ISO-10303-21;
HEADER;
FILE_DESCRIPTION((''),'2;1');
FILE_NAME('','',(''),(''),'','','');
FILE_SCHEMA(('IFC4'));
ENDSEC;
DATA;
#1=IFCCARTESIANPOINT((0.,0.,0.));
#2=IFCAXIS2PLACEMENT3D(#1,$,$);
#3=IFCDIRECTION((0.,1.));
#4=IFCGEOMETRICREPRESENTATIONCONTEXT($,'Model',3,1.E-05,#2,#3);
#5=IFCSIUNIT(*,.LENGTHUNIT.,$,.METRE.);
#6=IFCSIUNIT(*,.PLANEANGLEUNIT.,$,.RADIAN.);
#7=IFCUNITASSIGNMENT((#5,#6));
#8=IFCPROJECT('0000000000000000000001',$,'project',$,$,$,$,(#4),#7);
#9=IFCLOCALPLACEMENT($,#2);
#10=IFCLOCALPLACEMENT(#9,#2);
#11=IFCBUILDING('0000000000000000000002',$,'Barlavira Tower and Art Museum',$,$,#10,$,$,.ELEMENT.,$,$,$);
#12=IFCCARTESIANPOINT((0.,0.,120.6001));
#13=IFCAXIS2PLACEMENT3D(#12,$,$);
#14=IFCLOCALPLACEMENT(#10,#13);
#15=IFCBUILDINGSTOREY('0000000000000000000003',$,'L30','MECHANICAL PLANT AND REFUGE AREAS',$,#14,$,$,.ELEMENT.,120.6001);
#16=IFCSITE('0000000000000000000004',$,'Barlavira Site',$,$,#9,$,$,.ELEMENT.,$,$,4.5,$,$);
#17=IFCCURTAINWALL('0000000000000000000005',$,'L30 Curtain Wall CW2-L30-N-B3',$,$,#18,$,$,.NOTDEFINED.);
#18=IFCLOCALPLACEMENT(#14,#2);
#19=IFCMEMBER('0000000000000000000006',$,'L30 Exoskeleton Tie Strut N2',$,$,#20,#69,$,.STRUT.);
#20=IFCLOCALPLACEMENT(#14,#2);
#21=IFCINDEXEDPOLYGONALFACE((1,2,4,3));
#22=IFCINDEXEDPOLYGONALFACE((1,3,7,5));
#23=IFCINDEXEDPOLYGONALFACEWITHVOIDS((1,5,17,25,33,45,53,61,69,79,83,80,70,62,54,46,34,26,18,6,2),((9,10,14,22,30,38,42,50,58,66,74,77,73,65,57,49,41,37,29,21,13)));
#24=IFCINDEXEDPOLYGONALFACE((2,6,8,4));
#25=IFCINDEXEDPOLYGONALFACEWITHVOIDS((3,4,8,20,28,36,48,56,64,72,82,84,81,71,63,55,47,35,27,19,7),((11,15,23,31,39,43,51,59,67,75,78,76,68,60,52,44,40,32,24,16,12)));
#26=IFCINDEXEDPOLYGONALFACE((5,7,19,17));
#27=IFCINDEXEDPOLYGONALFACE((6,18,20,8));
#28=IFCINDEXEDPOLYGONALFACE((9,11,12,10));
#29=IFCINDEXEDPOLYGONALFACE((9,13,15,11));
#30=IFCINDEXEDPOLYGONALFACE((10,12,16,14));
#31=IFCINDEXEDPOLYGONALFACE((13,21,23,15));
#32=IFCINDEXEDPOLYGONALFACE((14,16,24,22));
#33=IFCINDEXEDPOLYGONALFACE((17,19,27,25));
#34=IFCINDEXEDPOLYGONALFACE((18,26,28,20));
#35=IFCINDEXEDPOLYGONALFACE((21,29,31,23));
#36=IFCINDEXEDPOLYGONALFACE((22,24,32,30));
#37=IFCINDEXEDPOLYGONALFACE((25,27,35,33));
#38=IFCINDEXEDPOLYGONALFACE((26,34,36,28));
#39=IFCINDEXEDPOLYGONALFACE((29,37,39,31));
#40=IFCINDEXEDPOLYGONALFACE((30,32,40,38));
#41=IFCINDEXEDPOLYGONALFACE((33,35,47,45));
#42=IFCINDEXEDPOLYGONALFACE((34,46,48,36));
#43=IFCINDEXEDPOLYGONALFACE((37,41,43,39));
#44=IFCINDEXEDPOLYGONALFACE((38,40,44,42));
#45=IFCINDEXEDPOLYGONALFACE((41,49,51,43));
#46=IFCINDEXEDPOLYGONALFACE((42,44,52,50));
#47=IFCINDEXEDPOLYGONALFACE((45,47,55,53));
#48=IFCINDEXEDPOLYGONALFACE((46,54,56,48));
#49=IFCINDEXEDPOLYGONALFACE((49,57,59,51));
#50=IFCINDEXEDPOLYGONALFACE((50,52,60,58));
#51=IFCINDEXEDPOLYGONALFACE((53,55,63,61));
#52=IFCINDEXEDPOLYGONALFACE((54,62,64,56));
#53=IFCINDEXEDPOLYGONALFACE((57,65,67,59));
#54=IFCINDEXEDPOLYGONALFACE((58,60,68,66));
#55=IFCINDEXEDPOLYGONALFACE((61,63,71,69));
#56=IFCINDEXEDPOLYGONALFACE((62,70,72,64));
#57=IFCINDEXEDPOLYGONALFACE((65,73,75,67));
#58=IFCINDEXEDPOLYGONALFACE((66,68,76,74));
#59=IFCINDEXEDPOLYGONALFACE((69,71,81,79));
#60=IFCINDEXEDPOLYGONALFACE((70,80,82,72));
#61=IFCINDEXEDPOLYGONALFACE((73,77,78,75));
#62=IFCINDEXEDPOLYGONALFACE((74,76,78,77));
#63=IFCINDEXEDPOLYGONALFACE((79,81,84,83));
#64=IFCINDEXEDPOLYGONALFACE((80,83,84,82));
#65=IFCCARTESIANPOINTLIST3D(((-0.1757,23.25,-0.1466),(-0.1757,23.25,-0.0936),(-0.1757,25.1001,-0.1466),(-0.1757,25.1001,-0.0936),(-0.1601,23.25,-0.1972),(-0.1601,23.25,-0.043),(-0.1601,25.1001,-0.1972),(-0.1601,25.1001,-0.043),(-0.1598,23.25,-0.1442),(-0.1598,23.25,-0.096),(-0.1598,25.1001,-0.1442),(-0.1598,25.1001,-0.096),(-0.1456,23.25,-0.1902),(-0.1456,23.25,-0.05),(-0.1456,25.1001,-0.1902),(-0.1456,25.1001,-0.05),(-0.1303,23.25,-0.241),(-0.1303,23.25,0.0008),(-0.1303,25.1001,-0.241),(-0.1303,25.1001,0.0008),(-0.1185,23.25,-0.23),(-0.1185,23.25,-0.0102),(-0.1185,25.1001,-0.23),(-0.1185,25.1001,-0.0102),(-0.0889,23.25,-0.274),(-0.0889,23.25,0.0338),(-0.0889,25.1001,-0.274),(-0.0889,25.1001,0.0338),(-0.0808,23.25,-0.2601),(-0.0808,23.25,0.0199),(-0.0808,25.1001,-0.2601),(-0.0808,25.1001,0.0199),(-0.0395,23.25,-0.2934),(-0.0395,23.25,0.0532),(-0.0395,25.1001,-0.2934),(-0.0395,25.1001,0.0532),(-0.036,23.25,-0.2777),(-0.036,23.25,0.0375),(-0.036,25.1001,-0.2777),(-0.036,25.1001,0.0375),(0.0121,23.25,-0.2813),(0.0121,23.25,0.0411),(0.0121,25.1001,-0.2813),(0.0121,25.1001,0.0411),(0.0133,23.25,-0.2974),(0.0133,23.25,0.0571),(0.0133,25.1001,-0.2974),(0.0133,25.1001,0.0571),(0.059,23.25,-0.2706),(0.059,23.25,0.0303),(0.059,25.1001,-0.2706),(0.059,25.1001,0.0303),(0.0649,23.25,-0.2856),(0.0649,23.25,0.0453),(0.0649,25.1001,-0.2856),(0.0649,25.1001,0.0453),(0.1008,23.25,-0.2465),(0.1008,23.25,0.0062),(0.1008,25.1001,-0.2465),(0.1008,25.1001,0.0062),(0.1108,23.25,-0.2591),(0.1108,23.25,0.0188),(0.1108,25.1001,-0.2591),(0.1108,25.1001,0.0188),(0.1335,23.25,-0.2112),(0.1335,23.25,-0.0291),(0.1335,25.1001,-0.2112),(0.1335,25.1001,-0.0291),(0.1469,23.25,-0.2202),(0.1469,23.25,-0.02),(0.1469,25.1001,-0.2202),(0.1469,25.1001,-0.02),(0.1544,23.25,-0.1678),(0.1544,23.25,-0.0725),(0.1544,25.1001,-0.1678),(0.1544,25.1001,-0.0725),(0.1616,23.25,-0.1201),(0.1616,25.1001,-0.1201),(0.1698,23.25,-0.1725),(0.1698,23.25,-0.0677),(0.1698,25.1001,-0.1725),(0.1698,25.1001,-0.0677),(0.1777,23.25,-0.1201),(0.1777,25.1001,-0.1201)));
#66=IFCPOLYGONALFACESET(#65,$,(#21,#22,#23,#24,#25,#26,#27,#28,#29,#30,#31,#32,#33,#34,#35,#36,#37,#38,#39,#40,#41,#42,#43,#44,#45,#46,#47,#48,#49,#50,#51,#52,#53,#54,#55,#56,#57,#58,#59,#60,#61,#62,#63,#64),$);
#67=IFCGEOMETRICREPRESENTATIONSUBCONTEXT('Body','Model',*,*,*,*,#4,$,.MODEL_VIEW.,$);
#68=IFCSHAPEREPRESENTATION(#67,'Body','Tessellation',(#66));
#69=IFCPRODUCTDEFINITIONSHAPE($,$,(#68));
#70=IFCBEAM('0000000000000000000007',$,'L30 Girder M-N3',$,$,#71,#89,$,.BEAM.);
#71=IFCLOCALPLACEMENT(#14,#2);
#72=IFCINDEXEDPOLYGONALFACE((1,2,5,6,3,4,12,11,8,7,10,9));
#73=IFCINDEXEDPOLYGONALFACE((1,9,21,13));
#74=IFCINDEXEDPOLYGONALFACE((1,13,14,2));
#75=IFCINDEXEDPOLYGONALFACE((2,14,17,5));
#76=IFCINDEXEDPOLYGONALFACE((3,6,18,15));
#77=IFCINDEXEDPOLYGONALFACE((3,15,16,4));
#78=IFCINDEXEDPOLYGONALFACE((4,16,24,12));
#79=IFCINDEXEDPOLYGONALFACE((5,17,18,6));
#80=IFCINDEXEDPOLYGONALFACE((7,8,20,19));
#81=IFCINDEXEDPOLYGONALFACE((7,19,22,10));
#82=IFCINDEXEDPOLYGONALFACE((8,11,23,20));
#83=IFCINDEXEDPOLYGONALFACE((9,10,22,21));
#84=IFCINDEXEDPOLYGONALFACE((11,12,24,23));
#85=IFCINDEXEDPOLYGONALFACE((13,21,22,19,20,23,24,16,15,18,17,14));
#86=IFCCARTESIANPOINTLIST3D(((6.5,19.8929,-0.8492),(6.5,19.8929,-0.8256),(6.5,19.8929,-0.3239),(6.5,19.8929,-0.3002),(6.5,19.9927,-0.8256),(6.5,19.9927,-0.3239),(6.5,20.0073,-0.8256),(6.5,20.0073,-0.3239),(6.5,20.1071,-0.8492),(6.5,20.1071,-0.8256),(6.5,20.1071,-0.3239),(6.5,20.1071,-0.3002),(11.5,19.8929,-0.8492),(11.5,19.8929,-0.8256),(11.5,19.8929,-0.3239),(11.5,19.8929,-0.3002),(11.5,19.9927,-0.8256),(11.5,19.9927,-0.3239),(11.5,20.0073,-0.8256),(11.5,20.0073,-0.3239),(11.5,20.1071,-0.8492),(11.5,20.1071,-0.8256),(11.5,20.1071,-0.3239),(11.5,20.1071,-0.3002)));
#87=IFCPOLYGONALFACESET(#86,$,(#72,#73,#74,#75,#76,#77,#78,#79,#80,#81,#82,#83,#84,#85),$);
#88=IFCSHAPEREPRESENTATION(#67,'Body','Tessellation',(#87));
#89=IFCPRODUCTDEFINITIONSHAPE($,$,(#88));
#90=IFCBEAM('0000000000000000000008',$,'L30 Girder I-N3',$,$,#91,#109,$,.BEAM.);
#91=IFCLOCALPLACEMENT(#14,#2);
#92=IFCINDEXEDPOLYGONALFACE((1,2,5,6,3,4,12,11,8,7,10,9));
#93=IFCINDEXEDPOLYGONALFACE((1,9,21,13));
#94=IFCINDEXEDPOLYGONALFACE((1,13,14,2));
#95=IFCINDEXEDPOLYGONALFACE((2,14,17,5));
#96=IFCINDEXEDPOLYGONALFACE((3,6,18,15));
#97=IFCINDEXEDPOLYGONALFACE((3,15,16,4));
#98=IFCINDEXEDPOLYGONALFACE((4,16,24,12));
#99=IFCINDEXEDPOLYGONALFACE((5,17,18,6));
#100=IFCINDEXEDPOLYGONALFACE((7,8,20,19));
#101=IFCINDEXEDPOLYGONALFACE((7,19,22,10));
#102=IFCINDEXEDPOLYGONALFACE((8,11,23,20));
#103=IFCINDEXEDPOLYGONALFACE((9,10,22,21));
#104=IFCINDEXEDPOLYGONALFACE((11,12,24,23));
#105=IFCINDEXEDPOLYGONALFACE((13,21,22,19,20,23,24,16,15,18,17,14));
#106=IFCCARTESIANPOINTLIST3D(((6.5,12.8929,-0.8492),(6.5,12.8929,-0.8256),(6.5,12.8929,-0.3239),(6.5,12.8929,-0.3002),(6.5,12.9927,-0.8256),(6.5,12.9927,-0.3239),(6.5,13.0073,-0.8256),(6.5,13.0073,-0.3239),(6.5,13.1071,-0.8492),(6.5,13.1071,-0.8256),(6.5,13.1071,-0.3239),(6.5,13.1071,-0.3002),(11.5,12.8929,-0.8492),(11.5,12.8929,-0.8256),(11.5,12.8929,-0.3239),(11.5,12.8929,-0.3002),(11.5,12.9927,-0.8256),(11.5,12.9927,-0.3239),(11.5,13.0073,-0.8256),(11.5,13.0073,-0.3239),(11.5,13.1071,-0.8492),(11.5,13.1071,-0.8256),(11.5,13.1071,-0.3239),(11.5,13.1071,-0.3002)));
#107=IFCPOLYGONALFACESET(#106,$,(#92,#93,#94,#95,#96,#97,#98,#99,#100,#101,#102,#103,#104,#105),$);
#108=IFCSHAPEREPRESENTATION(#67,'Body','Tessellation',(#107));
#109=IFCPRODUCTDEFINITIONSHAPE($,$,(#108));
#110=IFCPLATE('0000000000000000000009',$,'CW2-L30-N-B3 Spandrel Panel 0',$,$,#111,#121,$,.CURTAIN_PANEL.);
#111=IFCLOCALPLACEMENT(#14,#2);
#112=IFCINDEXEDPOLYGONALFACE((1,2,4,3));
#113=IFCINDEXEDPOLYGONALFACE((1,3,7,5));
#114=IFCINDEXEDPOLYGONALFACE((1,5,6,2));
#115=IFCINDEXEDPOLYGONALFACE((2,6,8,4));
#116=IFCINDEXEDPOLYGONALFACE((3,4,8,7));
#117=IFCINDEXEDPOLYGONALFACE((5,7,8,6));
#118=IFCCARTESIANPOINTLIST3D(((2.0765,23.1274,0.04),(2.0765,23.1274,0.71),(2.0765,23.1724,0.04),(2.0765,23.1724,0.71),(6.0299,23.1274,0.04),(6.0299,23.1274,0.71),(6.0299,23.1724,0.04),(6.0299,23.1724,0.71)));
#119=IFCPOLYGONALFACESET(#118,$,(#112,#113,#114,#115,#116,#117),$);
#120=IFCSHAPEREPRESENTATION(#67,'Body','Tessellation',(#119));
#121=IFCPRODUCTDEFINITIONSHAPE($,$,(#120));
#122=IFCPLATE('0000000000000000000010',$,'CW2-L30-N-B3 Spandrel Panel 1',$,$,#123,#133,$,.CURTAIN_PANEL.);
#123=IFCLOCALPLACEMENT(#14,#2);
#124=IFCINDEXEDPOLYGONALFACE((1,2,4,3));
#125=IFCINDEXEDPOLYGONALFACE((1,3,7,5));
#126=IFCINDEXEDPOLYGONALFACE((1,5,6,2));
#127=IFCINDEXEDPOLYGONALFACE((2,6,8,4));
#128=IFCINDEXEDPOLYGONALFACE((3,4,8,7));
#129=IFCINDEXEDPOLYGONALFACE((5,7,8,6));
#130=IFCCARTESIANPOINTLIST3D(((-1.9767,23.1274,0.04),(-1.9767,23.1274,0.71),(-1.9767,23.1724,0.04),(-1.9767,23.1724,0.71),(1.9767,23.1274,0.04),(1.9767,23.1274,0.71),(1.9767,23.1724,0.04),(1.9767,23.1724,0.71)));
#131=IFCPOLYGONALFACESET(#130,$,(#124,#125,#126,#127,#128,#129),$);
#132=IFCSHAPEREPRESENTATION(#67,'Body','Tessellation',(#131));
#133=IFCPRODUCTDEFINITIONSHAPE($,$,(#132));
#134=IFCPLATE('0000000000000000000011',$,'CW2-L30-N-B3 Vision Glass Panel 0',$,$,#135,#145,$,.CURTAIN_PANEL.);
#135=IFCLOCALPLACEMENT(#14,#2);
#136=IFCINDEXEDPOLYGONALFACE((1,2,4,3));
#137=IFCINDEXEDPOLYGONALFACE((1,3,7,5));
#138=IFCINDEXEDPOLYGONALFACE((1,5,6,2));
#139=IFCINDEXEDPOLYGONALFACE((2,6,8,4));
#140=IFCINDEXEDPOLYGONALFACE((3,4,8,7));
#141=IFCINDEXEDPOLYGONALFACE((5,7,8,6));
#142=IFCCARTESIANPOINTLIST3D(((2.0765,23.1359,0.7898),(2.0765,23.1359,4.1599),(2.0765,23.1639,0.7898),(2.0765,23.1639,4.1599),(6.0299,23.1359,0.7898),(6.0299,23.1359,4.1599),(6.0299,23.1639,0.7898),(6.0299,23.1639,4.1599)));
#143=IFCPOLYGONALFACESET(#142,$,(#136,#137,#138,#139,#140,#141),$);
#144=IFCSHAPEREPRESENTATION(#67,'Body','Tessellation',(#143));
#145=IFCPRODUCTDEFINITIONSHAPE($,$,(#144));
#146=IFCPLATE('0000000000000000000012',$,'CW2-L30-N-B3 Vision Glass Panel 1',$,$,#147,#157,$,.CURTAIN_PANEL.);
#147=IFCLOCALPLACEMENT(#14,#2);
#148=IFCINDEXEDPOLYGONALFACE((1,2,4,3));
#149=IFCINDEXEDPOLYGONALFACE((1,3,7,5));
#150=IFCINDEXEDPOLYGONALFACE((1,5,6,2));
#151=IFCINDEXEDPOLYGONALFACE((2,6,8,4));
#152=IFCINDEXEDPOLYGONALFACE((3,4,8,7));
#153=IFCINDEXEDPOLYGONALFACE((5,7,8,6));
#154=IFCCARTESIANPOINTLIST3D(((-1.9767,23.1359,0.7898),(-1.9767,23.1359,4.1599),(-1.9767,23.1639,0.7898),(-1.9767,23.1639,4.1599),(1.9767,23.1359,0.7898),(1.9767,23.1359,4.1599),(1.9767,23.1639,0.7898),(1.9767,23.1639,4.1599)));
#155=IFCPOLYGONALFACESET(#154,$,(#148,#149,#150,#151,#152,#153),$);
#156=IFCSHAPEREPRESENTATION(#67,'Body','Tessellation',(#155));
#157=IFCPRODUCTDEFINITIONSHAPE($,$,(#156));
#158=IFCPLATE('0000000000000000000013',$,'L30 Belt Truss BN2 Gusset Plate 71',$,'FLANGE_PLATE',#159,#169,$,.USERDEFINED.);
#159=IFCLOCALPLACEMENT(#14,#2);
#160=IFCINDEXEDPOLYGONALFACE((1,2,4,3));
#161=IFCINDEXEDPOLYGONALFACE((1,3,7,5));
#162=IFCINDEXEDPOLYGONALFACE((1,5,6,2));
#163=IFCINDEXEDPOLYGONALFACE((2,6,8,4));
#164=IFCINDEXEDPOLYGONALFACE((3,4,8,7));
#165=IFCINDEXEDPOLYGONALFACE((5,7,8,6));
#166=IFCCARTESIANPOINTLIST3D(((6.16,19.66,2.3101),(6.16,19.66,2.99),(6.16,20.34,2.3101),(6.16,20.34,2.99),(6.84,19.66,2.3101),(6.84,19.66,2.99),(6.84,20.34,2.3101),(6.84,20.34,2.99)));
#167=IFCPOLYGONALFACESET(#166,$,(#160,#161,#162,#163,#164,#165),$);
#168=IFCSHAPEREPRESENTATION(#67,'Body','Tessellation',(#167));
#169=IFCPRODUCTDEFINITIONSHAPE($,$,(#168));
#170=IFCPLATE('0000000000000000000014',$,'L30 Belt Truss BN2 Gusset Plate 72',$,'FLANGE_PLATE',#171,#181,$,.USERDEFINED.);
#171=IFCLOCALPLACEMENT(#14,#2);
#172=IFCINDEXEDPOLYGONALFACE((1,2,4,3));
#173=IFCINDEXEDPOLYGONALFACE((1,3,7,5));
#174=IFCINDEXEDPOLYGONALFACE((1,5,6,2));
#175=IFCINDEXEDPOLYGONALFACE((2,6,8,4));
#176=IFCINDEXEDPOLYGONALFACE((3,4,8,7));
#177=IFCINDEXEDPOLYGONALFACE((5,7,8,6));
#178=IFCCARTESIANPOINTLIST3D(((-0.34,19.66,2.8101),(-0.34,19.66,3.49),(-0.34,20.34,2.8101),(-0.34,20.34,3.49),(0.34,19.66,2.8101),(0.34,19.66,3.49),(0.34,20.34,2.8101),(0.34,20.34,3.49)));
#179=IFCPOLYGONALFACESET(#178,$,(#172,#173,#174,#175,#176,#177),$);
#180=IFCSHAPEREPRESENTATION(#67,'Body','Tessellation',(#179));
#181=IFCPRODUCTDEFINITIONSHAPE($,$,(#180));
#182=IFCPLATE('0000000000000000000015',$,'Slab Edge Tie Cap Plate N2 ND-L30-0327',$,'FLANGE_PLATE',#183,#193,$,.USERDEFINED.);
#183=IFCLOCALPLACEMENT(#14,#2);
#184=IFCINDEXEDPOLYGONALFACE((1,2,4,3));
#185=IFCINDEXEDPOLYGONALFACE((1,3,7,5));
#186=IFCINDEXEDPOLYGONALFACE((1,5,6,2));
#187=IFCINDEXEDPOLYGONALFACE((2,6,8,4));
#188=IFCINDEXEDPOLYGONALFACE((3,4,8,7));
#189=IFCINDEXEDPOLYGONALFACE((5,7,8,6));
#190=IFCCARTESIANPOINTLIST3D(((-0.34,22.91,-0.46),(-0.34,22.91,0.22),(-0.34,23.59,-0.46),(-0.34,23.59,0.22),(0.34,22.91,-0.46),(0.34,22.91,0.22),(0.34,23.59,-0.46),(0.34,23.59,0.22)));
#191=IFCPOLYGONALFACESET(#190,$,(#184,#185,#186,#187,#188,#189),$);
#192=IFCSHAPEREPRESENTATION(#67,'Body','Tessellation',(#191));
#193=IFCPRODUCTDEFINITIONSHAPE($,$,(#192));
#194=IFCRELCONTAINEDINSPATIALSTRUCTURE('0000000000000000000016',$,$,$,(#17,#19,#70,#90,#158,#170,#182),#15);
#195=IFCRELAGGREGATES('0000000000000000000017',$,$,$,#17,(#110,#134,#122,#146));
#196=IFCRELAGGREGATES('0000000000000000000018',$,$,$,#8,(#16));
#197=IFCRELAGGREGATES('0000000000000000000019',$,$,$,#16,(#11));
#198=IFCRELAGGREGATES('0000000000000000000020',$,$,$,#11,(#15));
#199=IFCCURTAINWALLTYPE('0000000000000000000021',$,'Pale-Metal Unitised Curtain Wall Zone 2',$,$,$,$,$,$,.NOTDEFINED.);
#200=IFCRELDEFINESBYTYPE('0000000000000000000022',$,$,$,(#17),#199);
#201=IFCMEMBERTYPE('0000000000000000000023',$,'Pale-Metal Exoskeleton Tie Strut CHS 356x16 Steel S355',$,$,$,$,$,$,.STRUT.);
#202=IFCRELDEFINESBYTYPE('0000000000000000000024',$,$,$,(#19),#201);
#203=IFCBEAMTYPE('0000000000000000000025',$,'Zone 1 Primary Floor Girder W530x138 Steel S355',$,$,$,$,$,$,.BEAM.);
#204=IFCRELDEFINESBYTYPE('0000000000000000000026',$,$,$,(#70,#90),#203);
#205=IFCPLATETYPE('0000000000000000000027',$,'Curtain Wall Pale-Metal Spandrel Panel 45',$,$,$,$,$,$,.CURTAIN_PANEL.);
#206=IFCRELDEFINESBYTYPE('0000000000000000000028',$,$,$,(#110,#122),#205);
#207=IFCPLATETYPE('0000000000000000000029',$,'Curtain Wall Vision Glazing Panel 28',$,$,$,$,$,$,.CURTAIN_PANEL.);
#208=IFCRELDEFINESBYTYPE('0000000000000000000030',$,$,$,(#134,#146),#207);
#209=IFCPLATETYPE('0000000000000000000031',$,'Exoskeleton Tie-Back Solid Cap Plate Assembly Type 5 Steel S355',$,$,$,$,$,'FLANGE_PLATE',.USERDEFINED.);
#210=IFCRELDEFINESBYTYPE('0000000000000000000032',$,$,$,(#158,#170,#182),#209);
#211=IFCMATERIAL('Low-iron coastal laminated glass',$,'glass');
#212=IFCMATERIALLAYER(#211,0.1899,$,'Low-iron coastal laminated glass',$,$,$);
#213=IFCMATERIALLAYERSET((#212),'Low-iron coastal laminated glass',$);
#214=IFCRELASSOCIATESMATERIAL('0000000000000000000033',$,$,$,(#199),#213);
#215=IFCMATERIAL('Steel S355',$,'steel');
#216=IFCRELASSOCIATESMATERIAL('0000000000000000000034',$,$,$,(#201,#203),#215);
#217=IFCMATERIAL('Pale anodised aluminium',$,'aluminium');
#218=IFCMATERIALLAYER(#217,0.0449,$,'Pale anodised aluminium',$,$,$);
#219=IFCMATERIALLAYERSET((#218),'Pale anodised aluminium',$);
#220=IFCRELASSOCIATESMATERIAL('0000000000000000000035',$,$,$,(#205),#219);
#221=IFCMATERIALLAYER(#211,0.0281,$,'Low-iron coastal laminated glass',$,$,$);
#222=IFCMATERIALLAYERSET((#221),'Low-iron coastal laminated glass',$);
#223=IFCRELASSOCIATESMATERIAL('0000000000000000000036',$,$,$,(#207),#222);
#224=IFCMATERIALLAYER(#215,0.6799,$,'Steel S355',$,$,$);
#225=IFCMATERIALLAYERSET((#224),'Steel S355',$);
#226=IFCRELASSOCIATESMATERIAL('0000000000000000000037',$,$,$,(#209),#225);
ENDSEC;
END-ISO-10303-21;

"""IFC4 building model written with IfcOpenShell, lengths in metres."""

from ifc_helpers import new_model, si_unit, direction, frame, origin, origin_2d, place, context, subcontext, project, spatial, rectangle, hollow_circle, i_section, extrude, material, layer, layer_set, material_profile, profile_set, type_object, element, aggregate, save


model = new_model("IFC4")

# Units and contexts
model_context = context("Model", 3, precision=1e-05, world=origin(), true_north=direction((0.0, 1.0)))
body_context = subcontext(model_context, "Body", "Model", "MODEL_VIEW")
ifc_project = project(units=[si_unit("LENGTHUNIT", "METRE"), si_unit("PLANEANGLEUNIT", "RADIAN")], contexts=[model_context])

# Site, building, storey
site_placement = place(None, origin())
site = spatial("IfcSite", under=ifc_project, at=site_placement, Name="Barlavira Site", CompositionType="ELEMENT", RefElevation=4.5)
building_placement = place(site_placement, origin())
building = spatial("IfcBuilding", under=site, at=building_placement, Name="Barlavira Tower and Art Museum", CompositionType="ELEMENT")
storey_placement = place(building_placement, frame((0.0, 0.0, 120.6001)))
storey = spatial("IfcBuildingStorey", under=building, at=storey_placement, Name="L30", Description="MECHANICAL PLANT AND REFUGE AREAS", CompositionType="ELEMENT", Elevation=120.6001)

# Shared definitions
ifc_material_1 = material(Name="Steel S355", Category="steel")

# Curtain wall
ifc_material_2 = material(Name="Low-iron coastal laminated glass", Category="glass")
ifc_layer_1 = layer(ifc_material_2, 0.1899, Name="Low-iron coastal laminated glass")
ifc_layer_set_1 = layer_set([ifc_layer_1], Name="Low-iron coastal laminated glass")
curtain_wall_type = type_object("IfcCurtainWallType", Name="Pale-Metal Unitised Curtain Wall Zone 2", PredefinedType="NOTDEFINED", material=ifc_layer_set_1)
curtain_wall_placement = place(storey_placement, origin())
curtain_wall = element("IfcCurtainWall", 1, at=curtain_wall_placement, inside=storey, type_object=curtain_wall_type, Name="L30 Curtain Wall CW2-L30-N-B3", PredefinedType="NOTDEFINED")
ifc_material_3 = material(Name="Pale anodised aluminium", Category="aluminium")

# Member
ifc_material_profile_1 = material_profile(ifc_material_1, hollow_circle(Radius=0.1777, WallThickness=0.0161, at=origin_2d()), Name="CHS 355.6x16.0")
ifc_profile_set_1 = profile_set([ifc_material_profile_1], Name="Steel S355")
member_type_1 = type_object("IfcMemberType", Name="Pale-Metal Exoskeleton Tie Strut CHS 356x16 Steel S355", PredefinedType="STRUT", material=ifc_profile_set_1)
member_1_placement = place(storey_placement, frame((0.0, 25.1001, -0.1201), z_axis=(0.0, -1.0, 0.0), x_axis=(1.0, 0.0, 0.0)))
element("IfcMember", 2, at=member_1_placement, inside=storey, type_object=member_type_1, Name="L30 Exoskeleton Tie Strut N2", PredefinedType="STRUT", context=body_context, shape_type="SweptSolid", body=[
    extrude(hollow_circle(Radius=0.1777, WallThickness=0.0161, at=origin_2d()), origin(), (0.0, 0.0, 1.0), 1.8501),
])

# Beams
ifc_material_profile_2 = material_profile(ifc_material_1, i_section(OverallWidth=0.2141, OverallDepth=0.5491, WebThickness=0.0146, FlangeThickness=0.0237, at=origin_2d()), Name="W530x138.0")
ifc_profile_set_2 = profile_set([ifc_material_profile_2], Name="Steel S355")
beam_type = type_object("IfcBeamType", Name="Zone 1 Primary Floor Girder W530x138 Steel S355", PredefinedType="BEAM", material=ifc_profile_set_2)
for number, where, z_axis, x_axis, name in (
    (3, (6.5, 20.0, -0.5747), (1.0, 0.0, 0.0), (0.0, 1.0, 0.0), "L30 Girder M-N3"),
    (4, (6.5, 13.0, -0.5747), (1.0, 0.0, 0.0), (0.0, 1.0, 0.0), "L30 Girder I-N3"),
):
    element("IfcBeam", number, at=place(storey_placement, frame(where, z_axis=z_axis, x_axis=x_axis)), inside=storey, type_object=beam_type, Name=name, PredefinedType="BEAM", context=body_context, shape_type="SweptSolid", body=[
        extrude(i_section(OverallWidth=0.2141, OverallDepth=0.5491, WebThickness=0.0146, FlangeThickness=0.0237, at=origin_2d()), origin(), (0.0, 0.0, 1.0), 5.0),
    ])

# Plates
ifc_layer_2 = layer(ifc_material_3, 0.0449, Name="Pale anodised aluminium")
ifc_layer_set_2 = layer_set([ifc_layer_2], Name="Pale anodised aluminium")
plate_type_1 = type_object("IfcPlateType", Name="Curtain Wall Pale-Metal Spandrel Panel 45", PredefinedType="CURTAIN_PANEL", material=ifc_layer_set_2)
plate_1_placement = place(storey_placement, frame((4.0532, 23.1499, 0.04), z_axis=(0.0, 0.0, 1.0), x_axis=(-1.0, 0.0, 0.0)))
plate_1 = element("IfcPlate", 5, at=plate_1_placement, type_object=plate_type_1, Name="CW2-L30-N-B3 Spandrel Panel 0", PredefinedType="CURTAIN_PANEL", context=body_context, shape_type="SweptSolid", body=[
    extrude(rectangle(XDim=3.9534, YDim=0.0449, at=origin_2d()), origin(), (0.0, 0.0, 1.0), 0.6699),
])
plate_2_placement = place(storey_placement, frame((0.0, 23.1499, 0.04), z_axis=(0.0, 0.0, 1.0), x_axis=(-1.0, 0.0, 0.0)))
plate_2 = element("IfcPlate", 6, at=plate_2_placement, type_object=plate_type_1, Name="CW2-L30-N-B3 Spandrel Panel 1", PredefinedType="CURTAIN_PANEL", context=body_context, shape_type="SweptSolid", body=[
    extrude(rectangle(XDim=3.9534, YDim=0.0449, at=origin_2d()), origin(), (0.0, 0.0, 1.0), 0.6699),
])
ifc_layer_3 = layer(ifc_material_2, 0.0281, Name="Low-iron coastal laminated glass")
ifc_layer_set_3 = layer_set([ifc_layer_3], Name="Low-iron coastal laminated glass")
plate_type_2 = type_object("IfcPlateType", Name="Curtain Wall Vision Glazing Panel 28", PredefinedType="CURTAIN_PANEL", material=ifc_layer_set_3)
plate_3_placement = place(storey_placement, frame((4.0532, 23.1499, 0.7898), z_axis=(0.0, 0.0, 1.0), x_axis=(-1.0, 0.0, 0.0)))
plate_3 = element("IfcPlate", 7, at=plate_3_placement, type_object=plate_type_2, Name="CW2-L30-N-B3 Vision Glass Panel 0", PredefinedType="CURTAIN_PANEL", context=body_context, shape_type="SweptSolid", body=[
    extrude(rectangle(XDim=3.9534, YDim=0.0281, at=origin_2d()), origin(), (0.0, 0.0, 1.0), 3.3701),
])
plate_4_placement = place(storey_placement, frame((0.0, 23.1499, 0.7898), z_axis=(0.0, 0.0, 1.0), x_axis=(-1.0, 0.0, 0.0)))
plate_4 = element("IfcPlate", 8, at=plate_4_placement, type_object=plate_type_2, Name="CW2-L30-N-B3 Vision Glass Panel 1", PredefinedType="CURTAIN_PANEL", context=body_context, shape_type="SweptSolid", body=[
    extrude(rectangle(XDim=3.9534, YDim=0.0281, at=origin_2d()), origin(), (0.0, 0.0, 1.0), 3.3701),
])
aggregate(curtain_wall, [plate_1, plate_3, plate_2, plate_4])

# Plates
ifc_layer_4 = layer(ifc_material_1, 0.6799, Name="Steel S355")
ifc_layer_set_4 = layer_set([ifc_layer_4], Name="Steel S355")
plate_type_3 = type_object("IfcPlateType", Name="Exoskeleton Tie-Back Solid Cap Plate Assembly Type 5 Steel S355", ElementType="FLANGE_PLATE", PredefinedType="USERDEFINED", material=ifc_layer_set_4)
for number, where, z_axis, x_axis, name in (
    (9, (6.5, 20.0, 2.3101), (0.0, 0.0, 1.0), (1.0, 0.0, 0.0), "L30 Belt Truss BN2 Gusset Plate 71"),
    (10, (0.0, 20.0, 2.8101), (0.0, 0.0, 1.0), (1.0, 0.0, 0.0), "L30 Belt Truss BN2 Gusset Plate 72"),
    (11, (0.0, 23.25, -0.46), (0.0, 0.0, 1.0), (1.0, 0.0, 0.0), "Slab Edge Tie Cap Plate N2 ND-L30-0327"),
):
    element("IfcPlate", number, at=place(storey_placement, frame(where, z_axis=z_axis, x_axis=x_axis)), inside=storey, type_object=plate_type_3, Name=name, ObjectType="FLANGE_PLATE", PredefinedType="USERDEFINED", context=body_context, shape_type="SweptSolid", body=[
        extrude(rectangle(XDim=0.6799, YDim=0.6799, at=origin_2d()), origin(), (0.0, 0.0, 1.0), 0.6799),
    ])

save(model, "model.ifc")
